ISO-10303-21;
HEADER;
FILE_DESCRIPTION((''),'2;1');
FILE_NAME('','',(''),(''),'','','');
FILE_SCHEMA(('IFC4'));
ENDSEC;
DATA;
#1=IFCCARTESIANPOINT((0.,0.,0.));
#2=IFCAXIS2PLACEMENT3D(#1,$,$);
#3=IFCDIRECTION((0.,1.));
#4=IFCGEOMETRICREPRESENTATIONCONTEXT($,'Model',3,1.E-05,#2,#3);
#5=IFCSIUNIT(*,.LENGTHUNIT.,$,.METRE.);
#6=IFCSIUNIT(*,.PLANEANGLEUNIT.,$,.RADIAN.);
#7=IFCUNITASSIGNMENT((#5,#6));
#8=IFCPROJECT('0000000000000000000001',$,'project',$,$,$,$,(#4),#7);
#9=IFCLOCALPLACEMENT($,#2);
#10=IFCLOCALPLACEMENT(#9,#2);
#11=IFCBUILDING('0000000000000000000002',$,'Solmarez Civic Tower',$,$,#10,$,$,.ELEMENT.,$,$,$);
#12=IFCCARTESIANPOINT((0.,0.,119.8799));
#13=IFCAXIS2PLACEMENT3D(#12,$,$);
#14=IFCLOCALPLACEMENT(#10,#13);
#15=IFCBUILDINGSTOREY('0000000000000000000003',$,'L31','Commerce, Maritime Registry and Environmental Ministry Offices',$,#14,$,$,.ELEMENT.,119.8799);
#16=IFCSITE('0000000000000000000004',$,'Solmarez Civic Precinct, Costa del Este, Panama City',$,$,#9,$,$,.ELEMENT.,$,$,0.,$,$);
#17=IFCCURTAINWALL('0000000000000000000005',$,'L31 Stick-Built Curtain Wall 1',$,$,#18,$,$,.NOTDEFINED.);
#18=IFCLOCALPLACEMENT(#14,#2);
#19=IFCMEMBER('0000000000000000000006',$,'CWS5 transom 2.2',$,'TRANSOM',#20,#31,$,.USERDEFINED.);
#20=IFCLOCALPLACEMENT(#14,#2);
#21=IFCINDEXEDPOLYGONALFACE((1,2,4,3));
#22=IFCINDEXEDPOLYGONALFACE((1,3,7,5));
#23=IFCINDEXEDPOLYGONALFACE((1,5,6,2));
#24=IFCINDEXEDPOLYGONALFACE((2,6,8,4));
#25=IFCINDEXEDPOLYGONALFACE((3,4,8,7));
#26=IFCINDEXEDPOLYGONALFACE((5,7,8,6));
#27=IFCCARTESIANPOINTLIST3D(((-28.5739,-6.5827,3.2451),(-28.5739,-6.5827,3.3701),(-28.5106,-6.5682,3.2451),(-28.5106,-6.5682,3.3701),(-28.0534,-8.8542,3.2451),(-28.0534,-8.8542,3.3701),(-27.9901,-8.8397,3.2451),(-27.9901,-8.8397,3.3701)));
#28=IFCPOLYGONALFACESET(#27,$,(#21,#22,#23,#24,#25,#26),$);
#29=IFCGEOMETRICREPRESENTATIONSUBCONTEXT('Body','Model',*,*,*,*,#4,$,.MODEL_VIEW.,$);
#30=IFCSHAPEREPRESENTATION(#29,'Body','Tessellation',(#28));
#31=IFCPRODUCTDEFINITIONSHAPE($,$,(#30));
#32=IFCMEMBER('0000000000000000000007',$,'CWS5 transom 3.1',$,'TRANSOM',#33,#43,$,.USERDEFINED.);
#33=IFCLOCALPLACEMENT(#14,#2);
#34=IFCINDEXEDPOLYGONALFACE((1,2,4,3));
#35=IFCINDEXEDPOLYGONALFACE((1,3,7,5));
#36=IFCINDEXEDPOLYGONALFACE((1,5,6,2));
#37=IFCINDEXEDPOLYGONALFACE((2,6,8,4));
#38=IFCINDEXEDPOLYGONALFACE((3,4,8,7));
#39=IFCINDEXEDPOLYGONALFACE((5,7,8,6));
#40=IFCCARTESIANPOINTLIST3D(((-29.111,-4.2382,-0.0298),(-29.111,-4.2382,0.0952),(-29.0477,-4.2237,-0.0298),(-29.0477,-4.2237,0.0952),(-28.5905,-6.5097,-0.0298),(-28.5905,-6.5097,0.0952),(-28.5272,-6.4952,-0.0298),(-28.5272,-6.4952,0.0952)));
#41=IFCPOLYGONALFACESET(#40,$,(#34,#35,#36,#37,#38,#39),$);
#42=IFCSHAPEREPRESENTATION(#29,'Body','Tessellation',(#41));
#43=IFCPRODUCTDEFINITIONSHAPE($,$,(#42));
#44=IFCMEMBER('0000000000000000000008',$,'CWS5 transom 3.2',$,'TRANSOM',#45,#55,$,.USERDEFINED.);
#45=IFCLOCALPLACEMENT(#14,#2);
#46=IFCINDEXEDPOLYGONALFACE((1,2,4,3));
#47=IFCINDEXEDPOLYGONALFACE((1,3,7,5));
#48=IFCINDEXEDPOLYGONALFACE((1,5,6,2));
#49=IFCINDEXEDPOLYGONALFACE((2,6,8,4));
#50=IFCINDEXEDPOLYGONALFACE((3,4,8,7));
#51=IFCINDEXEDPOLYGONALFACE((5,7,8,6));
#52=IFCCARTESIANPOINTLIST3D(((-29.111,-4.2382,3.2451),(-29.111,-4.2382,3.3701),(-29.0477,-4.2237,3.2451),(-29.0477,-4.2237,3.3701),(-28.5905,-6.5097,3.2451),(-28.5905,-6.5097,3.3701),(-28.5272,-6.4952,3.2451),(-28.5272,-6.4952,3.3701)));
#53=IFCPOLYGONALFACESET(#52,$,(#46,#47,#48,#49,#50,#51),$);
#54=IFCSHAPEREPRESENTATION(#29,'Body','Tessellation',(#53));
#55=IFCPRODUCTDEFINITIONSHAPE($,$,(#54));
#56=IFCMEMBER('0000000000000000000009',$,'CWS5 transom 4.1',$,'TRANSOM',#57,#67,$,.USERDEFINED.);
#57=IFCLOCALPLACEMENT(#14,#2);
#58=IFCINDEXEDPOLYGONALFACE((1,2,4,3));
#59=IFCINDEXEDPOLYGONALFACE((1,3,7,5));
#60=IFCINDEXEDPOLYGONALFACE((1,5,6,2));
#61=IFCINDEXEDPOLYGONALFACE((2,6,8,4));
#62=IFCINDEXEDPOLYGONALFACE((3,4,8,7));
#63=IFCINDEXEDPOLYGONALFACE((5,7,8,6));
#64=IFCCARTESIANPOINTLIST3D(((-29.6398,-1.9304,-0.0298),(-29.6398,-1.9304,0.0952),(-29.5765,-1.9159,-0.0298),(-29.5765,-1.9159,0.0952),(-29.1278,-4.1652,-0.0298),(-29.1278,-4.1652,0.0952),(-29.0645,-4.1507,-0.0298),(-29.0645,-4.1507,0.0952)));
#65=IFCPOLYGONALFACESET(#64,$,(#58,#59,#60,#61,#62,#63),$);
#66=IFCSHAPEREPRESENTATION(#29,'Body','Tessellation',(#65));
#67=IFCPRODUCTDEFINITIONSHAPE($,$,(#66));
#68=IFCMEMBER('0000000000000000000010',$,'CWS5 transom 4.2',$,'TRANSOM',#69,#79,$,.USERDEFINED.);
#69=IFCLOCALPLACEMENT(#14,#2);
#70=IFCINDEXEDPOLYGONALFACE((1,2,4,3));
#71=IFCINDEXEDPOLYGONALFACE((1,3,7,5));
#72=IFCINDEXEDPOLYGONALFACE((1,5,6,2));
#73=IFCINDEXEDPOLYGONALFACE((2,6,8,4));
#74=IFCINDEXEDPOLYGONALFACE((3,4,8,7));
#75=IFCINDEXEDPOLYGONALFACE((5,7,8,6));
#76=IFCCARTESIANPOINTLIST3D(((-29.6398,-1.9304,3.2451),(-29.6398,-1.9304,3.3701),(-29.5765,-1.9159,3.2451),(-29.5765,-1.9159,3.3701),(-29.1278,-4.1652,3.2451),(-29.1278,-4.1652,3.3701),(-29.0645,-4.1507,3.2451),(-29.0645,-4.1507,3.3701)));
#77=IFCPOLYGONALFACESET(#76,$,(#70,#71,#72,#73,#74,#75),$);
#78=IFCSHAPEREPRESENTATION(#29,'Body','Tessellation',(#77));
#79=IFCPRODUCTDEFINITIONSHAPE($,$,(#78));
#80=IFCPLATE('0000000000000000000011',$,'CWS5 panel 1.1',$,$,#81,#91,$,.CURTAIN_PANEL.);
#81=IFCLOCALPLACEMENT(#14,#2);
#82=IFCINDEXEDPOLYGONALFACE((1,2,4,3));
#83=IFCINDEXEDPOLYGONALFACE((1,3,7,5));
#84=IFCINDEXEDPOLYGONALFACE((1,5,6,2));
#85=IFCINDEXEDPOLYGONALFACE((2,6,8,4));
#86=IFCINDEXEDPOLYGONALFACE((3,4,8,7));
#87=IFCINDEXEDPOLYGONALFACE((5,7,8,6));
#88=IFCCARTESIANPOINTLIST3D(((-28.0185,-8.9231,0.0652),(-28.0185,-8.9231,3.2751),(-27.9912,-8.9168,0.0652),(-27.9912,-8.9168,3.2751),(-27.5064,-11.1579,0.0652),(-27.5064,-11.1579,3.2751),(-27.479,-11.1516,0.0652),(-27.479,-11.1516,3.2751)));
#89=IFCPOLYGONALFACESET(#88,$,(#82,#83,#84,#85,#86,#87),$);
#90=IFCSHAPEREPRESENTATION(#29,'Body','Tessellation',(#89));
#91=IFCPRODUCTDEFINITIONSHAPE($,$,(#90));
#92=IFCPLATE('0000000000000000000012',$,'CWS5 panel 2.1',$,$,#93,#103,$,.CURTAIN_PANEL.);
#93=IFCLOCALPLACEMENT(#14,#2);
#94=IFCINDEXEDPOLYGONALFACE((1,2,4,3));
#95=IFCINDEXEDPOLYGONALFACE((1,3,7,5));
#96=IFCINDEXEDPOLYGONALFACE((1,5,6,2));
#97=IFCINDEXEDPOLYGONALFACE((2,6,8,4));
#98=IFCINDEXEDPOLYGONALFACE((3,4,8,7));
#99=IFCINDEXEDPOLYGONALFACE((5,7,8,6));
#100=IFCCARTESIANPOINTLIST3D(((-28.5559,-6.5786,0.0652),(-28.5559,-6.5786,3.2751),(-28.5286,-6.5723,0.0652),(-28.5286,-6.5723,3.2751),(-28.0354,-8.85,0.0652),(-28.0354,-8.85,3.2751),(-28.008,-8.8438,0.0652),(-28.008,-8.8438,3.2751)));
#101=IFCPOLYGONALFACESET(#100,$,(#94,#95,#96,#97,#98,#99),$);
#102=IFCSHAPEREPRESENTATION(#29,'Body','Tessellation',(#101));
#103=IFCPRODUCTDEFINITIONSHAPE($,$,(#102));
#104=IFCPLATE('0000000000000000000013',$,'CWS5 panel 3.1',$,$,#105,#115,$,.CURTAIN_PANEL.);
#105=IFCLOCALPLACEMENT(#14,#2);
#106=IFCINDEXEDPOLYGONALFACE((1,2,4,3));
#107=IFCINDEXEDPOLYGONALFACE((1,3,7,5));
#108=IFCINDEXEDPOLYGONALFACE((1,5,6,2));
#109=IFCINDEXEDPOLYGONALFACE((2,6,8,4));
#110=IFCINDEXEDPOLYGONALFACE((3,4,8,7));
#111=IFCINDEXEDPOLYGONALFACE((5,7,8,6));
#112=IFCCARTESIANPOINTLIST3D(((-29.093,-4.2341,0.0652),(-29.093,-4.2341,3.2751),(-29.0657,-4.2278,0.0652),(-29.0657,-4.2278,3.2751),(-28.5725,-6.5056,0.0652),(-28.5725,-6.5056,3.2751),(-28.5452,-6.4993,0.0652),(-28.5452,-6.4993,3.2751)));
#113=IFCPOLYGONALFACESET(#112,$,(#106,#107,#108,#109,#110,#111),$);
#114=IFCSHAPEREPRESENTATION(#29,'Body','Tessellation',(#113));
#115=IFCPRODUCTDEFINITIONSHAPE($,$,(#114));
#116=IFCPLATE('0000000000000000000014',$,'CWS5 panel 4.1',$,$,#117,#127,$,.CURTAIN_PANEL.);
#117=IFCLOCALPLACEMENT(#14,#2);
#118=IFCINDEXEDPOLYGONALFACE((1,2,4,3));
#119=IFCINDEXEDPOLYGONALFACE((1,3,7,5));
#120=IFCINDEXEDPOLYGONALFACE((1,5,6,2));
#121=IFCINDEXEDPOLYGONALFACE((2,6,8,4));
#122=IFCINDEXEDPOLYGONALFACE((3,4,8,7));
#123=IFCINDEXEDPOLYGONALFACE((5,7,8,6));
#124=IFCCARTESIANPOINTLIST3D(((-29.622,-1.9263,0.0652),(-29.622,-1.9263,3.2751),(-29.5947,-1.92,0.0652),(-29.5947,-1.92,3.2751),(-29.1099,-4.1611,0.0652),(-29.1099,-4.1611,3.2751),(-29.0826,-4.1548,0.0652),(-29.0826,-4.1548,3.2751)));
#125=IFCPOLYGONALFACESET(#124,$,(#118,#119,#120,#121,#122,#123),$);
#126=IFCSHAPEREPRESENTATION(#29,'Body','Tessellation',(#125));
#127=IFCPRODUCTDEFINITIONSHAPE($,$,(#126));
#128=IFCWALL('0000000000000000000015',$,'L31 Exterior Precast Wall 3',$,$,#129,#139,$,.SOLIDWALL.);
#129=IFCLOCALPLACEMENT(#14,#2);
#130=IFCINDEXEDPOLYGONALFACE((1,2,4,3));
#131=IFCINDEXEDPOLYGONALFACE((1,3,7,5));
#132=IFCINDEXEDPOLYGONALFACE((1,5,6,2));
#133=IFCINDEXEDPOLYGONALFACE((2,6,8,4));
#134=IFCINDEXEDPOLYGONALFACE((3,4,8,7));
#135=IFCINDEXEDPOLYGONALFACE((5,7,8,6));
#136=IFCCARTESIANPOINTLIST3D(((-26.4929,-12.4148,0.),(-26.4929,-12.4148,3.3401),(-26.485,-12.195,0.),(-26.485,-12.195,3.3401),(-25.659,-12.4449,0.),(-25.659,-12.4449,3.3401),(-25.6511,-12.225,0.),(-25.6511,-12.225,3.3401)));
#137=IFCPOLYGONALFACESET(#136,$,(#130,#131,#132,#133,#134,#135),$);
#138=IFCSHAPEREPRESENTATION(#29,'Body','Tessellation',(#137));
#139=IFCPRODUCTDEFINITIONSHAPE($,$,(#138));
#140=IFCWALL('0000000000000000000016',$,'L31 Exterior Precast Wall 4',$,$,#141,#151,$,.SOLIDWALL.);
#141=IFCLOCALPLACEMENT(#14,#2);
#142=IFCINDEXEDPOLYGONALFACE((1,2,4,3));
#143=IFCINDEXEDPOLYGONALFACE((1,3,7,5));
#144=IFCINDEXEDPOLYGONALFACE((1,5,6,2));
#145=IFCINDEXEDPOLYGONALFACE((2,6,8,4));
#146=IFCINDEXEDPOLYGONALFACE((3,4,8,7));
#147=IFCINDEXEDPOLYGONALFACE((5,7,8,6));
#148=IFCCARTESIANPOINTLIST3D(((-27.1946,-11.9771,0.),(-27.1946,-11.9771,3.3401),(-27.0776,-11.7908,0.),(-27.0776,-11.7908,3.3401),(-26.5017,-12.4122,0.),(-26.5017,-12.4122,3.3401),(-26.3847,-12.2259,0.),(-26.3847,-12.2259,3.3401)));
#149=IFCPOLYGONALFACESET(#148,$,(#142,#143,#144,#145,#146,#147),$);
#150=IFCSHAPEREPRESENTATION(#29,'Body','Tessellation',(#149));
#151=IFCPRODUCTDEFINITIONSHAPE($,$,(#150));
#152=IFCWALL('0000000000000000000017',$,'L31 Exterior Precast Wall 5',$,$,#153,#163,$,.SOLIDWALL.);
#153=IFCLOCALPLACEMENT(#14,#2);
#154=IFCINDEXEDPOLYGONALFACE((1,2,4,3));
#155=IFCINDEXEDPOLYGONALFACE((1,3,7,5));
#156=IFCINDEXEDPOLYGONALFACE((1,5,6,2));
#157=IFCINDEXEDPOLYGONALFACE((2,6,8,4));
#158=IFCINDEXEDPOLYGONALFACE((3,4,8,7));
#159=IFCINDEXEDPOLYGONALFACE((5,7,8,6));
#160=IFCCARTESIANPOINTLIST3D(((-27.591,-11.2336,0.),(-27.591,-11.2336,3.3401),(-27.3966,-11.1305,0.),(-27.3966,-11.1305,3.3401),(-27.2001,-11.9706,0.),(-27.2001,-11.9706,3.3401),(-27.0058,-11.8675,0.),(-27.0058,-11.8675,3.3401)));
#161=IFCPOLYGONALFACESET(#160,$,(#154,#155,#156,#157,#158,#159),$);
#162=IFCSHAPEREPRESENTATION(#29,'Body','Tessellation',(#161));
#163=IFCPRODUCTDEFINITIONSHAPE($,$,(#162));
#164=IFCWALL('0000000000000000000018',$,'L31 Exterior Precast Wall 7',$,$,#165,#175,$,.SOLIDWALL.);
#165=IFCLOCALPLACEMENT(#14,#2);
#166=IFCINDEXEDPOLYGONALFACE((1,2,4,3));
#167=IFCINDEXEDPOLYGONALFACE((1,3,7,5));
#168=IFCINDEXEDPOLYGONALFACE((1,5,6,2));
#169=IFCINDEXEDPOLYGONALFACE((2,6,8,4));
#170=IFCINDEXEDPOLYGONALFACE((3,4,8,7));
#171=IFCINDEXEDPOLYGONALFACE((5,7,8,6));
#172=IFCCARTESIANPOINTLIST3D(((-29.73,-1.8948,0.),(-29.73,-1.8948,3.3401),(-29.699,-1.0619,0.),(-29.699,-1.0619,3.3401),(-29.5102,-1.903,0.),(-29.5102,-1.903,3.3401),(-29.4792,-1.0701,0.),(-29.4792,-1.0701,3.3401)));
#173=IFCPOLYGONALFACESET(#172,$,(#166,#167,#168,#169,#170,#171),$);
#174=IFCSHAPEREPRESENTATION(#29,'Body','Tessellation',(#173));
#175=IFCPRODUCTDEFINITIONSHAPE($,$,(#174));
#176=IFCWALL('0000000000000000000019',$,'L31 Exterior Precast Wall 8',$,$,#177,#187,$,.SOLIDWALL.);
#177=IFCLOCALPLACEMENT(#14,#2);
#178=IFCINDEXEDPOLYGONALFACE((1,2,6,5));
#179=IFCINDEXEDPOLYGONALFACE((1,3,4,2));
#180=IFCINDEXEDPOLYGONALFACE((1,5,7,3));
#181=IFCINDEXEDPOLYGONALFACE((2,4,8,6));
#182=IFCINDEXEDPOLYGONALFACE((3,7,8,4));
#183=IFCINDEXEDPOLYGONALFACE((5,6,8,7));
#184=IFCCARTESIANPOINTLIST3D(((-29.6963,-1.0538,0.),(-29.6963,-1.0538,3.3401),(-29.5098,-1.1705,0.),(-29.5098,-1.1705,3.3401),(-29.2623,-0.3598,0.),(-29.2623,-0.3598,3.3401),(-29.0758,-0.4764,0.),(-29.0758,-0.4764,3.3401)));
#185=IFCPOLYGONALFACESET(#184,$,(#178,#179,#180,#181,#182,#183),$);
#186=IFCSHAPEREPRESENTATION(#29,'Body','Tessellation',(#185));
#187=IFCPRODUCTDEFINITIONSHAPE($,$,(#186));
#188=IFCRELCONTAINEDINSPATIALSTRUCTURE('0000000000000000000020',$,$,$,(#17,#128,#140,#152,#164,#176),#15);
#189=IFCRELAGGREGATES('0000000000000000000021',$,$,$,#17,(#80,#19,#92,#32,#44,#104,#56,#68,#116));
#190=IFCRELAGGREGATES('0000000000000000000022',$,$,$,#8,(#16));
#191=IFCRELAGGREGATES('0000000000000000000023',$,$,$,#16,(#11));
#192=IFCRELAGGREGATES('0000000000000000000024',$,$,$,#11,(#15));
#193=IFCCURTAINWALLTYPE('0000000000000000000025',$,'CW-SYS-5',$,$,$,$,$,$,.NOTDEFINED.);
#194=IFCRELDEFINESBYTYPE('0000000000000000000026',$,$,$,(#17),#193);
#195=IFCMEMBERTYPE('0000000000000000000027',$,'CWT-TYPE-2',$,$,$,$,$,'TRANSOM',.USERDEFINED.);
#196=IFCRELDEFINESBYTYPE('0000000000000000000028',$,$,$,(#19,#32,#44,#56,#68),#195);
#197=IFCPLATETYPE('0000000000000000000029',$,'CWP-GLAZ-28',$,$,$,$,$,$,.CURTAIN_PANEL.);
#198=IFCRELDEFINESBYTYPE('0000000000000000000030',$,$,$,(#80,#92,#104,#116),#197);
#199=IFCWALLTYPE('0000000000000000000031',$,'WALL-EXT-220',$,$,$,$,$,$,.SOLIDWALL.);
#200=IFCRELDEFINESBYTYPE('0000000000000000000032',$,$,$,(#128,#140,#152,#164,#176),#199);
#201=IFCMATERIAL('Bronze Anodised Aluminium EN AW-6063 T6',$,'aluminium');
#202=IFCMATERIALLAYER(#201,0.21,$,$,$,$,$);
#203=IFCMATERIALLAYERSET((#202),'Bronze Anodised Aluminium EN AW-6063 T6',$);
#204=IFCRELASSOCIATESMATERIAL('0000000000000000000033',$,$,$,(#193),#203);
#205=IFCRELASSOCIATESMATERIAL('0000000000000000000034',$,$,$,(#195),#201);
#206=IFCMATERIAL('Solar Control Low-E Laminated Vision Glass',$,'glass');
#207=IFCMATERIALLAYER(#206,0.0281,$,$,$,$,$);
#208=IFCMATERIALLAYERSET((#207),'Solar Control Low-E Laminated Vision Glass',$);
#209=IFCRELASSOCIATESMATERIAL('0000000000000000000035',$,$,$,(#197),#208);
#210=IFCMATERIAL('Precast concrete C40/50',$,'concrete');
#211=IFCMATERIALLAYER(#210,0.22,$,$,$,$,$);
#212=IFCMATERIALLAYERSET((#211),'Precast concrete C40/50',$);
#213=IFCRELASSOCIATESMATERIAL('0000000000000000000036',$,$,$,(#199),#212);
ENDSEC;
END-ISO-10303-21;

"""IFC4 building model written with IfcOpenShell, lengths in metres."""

from ifc_helpers import new_model, si_unit, direction, frame, frame_2d, origin, origin_2d, place, context, subcontext, project, spatial, rectangle, extrude, material, layer, layer_set, material_profile, profile_set, type_object, element, aggregate, save


model = new_model("IFC4")

# Units and contexts
model_context = context("Model", 3, precision=1e-05, world=origin(), true_north=direction((0.0, 1.0)))
body_context = subcontext(model_context, "Body", "Model", "MODEL_VIEW")
ifc_project = project(units=[si_unit("LENGTHUNIT", "METRE"), si_unit("PLANEANGLEUNIT", "RADIAN")], contexts=[model_context])

# Site, building, storey
site_placement = place(None, origin())
site = spatial("IfcSite", under=ifc_project, at=site_placement, Name="Solmarez Civic Precinct, Costa del Este, Panama City", CompositionType="ELEMENT", RefElevation=0.0)
building_placement = place(site_placement, origin())
building = spatial("IfcBuilding", under=site, at=building_placement, Name="Solmarez Civic Tower", CompositionType="ELEMENT")
storey_placement = place(building_placement, frame((0.0, 0.0, 119.8799)))
storey = spatial("IfcBuildingStorey", under=building, at=storey_placement, Name="L31", Description="Commerce, Maritime Registry and Environmental Ministry Offices", CompositionType="ELEMENT", Elevation=119.8799)

# Curtain wall, members, plates
ifc_material_1 = material(Name="Bronze Anodised Aluminium EN AW-6063 T6", Category="aluminium")
ifc_layer_1 = layer(ifc_material_1, 0.21)
ifc_layer_set_1 = layer_set([ifc_layer_1], Name="Bronze Anodised Aluminium EN AW-6063 T6")
curtain_wall_type = type_object("IfcCurtainWallType", Name="CW-SYS-5", PredefinedType="NOTDEFINED", material=ifc_layer_set_1)
curtain_wall_placement = place(storey_placement, origin())
curtain_wall = element("IfcCurtainWall", 1, at=curtain_wall_placement, inside=storey, type_object=curtain_wall_type, Name="L31 Stick-Built Curtain Wall 1", PredefinedType="NOTDEFINED")
ifc_material_profile_1 = material_profile(ifc_material_1, rectangle(XDim=0.0649, YDim=0.125, at=origin_2d()), Name="CWT-65X125")
ifc_profile_set_1 = profile_set([ifc_material_profile_1], Name="Bronze Anodised Aluminium EN AW-6063 T6")
member_type_1 = type_object("IfcMemberType", Name="CWT-TYPE-2", ElementType="TRANSOM", PredefinedType="USERDEFINED", material=ifc_profile_set_1)
member_1_placement = place(storey_placement, frame((-28.0217, -8.8469, 3.3076), z_axis=(-0.22336, 0.974736, 0.0), x_axis=(-0.974736, -0.22336, 0.0)))
member_1 = element("IfcMember", 2, at=member_1_placement, type_object=member_type_1, Name="CWS5 transom 2.2", ObjectType="TRANSOM", PredefinedType="USERDEFINED", context=body_context, shape_type="SweptSolid", body=[
    extrude(rectangle(XDim=0.0649, YDim=0.125, at=origin_2d()), origin(), (0.0, 0.0, 1.0), 2.3303),
])
member_2_placement = place(storey_placement, frame((-28.5588, -6.5024, 0.0327), z_axis=(-0.22336, 0.974736, 0.0), x_axis=(-0.974736, -0.22336, 0.0)))
member_2 = element("IfcMember", 3, at=member_2_placement, type_object=member_type_1, Name="CWS5 transom 3.1", ObjectType="TRANSOM", PredefinedType="USERDEFINED", context=body_context, shape_type="SweptSolid", body=[
    extrude(rectangle(XDim=0.0649, YDim=0.125, at=origin_2d()), origin(), (0.0, 0.0, 1.0), 2.3303),
])
member_3_placement = place(storey_placement, frame((-28.5588, -6.5024, 3.3076), z_axis=(-0.22336, 0.974736, 0.0), x_axis=(-0.974736, -0.22336, 0.0)))
member_3 = element("IfcMember", 4, at=member_3_placement, type_object=member_type_1, Name="CWS5 transom 3.2", ObjectType="TRANSOM", PredefinedType="USERDEFINED", context=body_context, shape_type="SweptSolid", body=[
    extrude(rectangle(XDim=0.0649, YDim=0.125, at=origin_2d()), origin(), (0.0, 0.0, 1.0), 2.3303),
])
member_4_placement = place(storey_placement, frame((-29.0962, -4.158, 0.0327), z_axis=(-0.223296, 0.974751, 0.0), x_axis=(-0.974751, -0.223296, 0.0)))
member_4 = element("IfcMember", 5, at=member_4_placement, type_object=member_type_1, Name="CWS5 transom 4.1", ObjectType="TRANSOM", PredefinedType="USERDEFINED", context=body_context, shape_type="SweptSolid", body=[
    extrude(rectangle(XDim=0.0649, YDim=0.125, at=origin_2d()), origin(), (0.0, 0.0, 1.0), 2.2927),
])
member_5_placement = place(storey_placement, frame((-29.0962, -4.158, 3.3076), z_axis=(-0.223296, 0.974751, 0.0), x_axis=(-0.974751, -0.223296, 0.0)))
member_5 = element("IfcMember", 6, at=member_5_placement, type_object=member_type_1, Name="CWS5 transom 4.2", ObjectType="TRANSOM", PredefinedType="USERDEFINED", context=body_context, shape_type="SweptSolid", body=[
    extrude(rectangle(XDim=0.0649, YDim=0.125, at=origin_2d()), origin(), (0.0, 0.0, 1.0), 2.2927),
])
ifc_material_2 = material(Name="Solar Control Low-E Laminated Vision Glass", Category="glass")
ifc_layer_2 = layer(ifc_material_2, 0.0281)
ifc_layer_set_2 = layer_set([ifc_layer_2], Name="Solar Control Low-E Laminated Vision Glass")
plate_type = type_object("IfcPlateType", Name="CWP-GLAZ-28", PredefinedType="CURTAIN_PANEL", material=ifc_layer_set_2)
plate_1_placement = place(storey_placement, frame((-27.7488, -10.0374, 0.0652), z_axis=(0.0, 0.0, 1.0), x_axis=(-0.223364, 0.974735, 0.0)))
plate_1 = element("IfcPlate", 7, at=plate_1_placement, type_object=plate_type, Name="CWS5 panel 1.1", PredefinedType="CURTAIN_PANEL", context=body_context, shape_type="SweptSolid", body=[
    extrude(rectangle(XDim=2.2927, YDim=0.0281, at=origin_2d()), origin(), (0.0, 0.0, 1.0), 3.21),
])
plate_2_placement = place(storey_placement, frame((-28.282, -7.7112, 0.0652), z_axis=(0.0, 0.0, 1.0), x_axis=(-0.223364, 0.974735, 0.0)))
plate_2 = element("IfcPlate", 8, at=plate_2_placement, type_object=plate_type, Name="CWS5 panel 2.1", PredefinedType="CURTAIN_PANEL", context=body_context, shape_type="SweptSolid", body=[
    extrude(rectangle(XDim=2.3303, YDim=0.0281, at=origin_2d()), origin(), (0.0, 0.0, 1.0), 3.21),
])
plate_3_placement = place(storey_placement, frame((-28.8191, -5.3667, 0.0652), z_axis=(0.0, 0.0, 1.0), x_axis=(-0.223364, 0.974735, 0.0)))
plate_3 = element("IfcPlate", 9, at=plate_3_placement, type_object=plate_type, Name="CWS5 panel 3.1", PredefinedType="CURTAIN_PANEL", context=body_context, shape_type="SweptSolid", body=[
    extrude(rectangle(XDim=2.3303, YDim=0.0281, at=origin_2d()), origin(), (0.0, 0.0, 1.0), 3.21),
])
plate_4_placement = place(storey_placement, frame((-29.3523, -3.0405, 0.0652), z_axis=(0.0, 0.0, 1.0), x_axis=(-0.223364, 0.974735, 0.0)))
plate_4 = element("IfcPlate", 10, at=plate_4_placement, type_object=plate_type, Name="CWS5 panel 4.1", PredefinedType="CURTAIN_PANEL", context=body_context, shape_type="SweptSolid", body=[
    extrude(rectangle(XDim=2.2927, YDim=0.0281, at=origin_2d()), origin(), (0.0, 0.0, 1.0), 3.21),
])
aggregate(curtain_wall, [plate_1, member_1, plate_2, member_2, member_3, plate_3, member_4, member_5, plate_4])

# Walls
ifc_material_3 = material(Name="Precast concrete C40/50", Category="concrete")
ifc_layer_3 = layer(ifc_material_3, 0.22)
ifc_layer_set_3 = layer_set([ifc_layer_3], Name="Precast concrete C40/50")
wall_type = type_object("IfcWallType", Name="WALL-EXT-220", PredefinedType="SOLIDWALL", material=ifc_layer_set_3)
wall_1_placement = place(storey_placement, frame((-25.655, -12.335, 0.0), z_axis=(0.0, 0.0, 1.0), x_axis=(-0.999352, 0.035984, 0.0)))
element("IfcWall", 11, at=wall_1_placement, inside=storey, type_object=wall_type, Name="L31 Exterior Precast Wall 3", PredefinedType="SOLIDWALL", context=body_context, shape_type="SweptSolid", body=[
    extrude(rectangle(XDim=0.8345, YDim=0.22, at=frame_2d((0.4172, 0.0))), origin(), (0.0, 0.0, 1.0), 3.3401),
])
wall_2_placement = place(storey_placement, frame((-26.4431, -12.3191, 0.0), z_axis=(0.0, 0.0, 1.0), x_axis=(-0.84689, 0.531768, 0.0)))
element("IfcWall", 12, at=wall_2_placement, inside=storey, type_object=wall_type, Name="L31 Exterior Precast Wall 4", PredefinedType="SOLIDWALL", context=body_context, shape_type="SweptSolid", body=[
    extrude(rectangle(XDim=0.8181, YDim=0.22, at=frame_2d((0.4092, 0.0))), origin(), (0.0, 0.0, 1.0), 3.3401),
])
wall_3_placement = place(storey_placement, frame((-27.103, -11.9189, 0.0), z_axis=(0.0, 0.0, 1.0), x_axis=(-0.468506, 0.88346, 0.0)))
element("IfcWall", 13, at=wall_3_placement, inside=storey, type_object=wall_type, Name="L31 Exterior Precast Wall 5", PredefinedType="SOLIDWALL", context=body_context, shape_type="SweptSolid", body=[
    extrude(rectangle(XDim=0.8342, YDim=0.22, at=frame_2d((0.417, 0.0))), origin(), (0.0, 0.0, 1.0), 3.3401),
])
wall_4_placement = place(storey_placement, frame((-29.6201, -1.8989, 0.0), z_axis=(0.0, 0.0, 1.0), x_axis=(0.037196, 0.999308, 0.0)))
element("IfcWall", 14, at=wall_4_placement, inside=storey, type_object=wall_type, Name="L31 Exterior Precast Wall 7", PredefinedType="SOLIDWALL", context=body_context, shape_type="SweptSolid", body=[
    extrude(rectangle(XDim=0.8335, YDim=0.22, at=frame_2d((0.4167, 0.0))), origin(), (0.0, 0.0, 1.0), 3.3401),
])
wall_5_placement = place(storey_placement, frame((-29.603, -1.1121, 0.0), z_axis=(0.0, 0.0, 1.0), x_axis=(0.53024, 0.847847, 0.0)))
element("IfcWall", 15, at=wall_5_placement, inside=storey, type_object=wall_type, Name="L31 Exterior Precast Wall 8", PredefinedType="SOLIDWALL", context=body_context, shape_type="SweptSolid", body=[
    extrude(rectangle(XDim=0.8186, YDim=0.22, at=frame_2d((0.4092, 0.0))), origin(), (0.0, 0.0, 1.0), 3.3401),
])

save(model, "model.ifc")
